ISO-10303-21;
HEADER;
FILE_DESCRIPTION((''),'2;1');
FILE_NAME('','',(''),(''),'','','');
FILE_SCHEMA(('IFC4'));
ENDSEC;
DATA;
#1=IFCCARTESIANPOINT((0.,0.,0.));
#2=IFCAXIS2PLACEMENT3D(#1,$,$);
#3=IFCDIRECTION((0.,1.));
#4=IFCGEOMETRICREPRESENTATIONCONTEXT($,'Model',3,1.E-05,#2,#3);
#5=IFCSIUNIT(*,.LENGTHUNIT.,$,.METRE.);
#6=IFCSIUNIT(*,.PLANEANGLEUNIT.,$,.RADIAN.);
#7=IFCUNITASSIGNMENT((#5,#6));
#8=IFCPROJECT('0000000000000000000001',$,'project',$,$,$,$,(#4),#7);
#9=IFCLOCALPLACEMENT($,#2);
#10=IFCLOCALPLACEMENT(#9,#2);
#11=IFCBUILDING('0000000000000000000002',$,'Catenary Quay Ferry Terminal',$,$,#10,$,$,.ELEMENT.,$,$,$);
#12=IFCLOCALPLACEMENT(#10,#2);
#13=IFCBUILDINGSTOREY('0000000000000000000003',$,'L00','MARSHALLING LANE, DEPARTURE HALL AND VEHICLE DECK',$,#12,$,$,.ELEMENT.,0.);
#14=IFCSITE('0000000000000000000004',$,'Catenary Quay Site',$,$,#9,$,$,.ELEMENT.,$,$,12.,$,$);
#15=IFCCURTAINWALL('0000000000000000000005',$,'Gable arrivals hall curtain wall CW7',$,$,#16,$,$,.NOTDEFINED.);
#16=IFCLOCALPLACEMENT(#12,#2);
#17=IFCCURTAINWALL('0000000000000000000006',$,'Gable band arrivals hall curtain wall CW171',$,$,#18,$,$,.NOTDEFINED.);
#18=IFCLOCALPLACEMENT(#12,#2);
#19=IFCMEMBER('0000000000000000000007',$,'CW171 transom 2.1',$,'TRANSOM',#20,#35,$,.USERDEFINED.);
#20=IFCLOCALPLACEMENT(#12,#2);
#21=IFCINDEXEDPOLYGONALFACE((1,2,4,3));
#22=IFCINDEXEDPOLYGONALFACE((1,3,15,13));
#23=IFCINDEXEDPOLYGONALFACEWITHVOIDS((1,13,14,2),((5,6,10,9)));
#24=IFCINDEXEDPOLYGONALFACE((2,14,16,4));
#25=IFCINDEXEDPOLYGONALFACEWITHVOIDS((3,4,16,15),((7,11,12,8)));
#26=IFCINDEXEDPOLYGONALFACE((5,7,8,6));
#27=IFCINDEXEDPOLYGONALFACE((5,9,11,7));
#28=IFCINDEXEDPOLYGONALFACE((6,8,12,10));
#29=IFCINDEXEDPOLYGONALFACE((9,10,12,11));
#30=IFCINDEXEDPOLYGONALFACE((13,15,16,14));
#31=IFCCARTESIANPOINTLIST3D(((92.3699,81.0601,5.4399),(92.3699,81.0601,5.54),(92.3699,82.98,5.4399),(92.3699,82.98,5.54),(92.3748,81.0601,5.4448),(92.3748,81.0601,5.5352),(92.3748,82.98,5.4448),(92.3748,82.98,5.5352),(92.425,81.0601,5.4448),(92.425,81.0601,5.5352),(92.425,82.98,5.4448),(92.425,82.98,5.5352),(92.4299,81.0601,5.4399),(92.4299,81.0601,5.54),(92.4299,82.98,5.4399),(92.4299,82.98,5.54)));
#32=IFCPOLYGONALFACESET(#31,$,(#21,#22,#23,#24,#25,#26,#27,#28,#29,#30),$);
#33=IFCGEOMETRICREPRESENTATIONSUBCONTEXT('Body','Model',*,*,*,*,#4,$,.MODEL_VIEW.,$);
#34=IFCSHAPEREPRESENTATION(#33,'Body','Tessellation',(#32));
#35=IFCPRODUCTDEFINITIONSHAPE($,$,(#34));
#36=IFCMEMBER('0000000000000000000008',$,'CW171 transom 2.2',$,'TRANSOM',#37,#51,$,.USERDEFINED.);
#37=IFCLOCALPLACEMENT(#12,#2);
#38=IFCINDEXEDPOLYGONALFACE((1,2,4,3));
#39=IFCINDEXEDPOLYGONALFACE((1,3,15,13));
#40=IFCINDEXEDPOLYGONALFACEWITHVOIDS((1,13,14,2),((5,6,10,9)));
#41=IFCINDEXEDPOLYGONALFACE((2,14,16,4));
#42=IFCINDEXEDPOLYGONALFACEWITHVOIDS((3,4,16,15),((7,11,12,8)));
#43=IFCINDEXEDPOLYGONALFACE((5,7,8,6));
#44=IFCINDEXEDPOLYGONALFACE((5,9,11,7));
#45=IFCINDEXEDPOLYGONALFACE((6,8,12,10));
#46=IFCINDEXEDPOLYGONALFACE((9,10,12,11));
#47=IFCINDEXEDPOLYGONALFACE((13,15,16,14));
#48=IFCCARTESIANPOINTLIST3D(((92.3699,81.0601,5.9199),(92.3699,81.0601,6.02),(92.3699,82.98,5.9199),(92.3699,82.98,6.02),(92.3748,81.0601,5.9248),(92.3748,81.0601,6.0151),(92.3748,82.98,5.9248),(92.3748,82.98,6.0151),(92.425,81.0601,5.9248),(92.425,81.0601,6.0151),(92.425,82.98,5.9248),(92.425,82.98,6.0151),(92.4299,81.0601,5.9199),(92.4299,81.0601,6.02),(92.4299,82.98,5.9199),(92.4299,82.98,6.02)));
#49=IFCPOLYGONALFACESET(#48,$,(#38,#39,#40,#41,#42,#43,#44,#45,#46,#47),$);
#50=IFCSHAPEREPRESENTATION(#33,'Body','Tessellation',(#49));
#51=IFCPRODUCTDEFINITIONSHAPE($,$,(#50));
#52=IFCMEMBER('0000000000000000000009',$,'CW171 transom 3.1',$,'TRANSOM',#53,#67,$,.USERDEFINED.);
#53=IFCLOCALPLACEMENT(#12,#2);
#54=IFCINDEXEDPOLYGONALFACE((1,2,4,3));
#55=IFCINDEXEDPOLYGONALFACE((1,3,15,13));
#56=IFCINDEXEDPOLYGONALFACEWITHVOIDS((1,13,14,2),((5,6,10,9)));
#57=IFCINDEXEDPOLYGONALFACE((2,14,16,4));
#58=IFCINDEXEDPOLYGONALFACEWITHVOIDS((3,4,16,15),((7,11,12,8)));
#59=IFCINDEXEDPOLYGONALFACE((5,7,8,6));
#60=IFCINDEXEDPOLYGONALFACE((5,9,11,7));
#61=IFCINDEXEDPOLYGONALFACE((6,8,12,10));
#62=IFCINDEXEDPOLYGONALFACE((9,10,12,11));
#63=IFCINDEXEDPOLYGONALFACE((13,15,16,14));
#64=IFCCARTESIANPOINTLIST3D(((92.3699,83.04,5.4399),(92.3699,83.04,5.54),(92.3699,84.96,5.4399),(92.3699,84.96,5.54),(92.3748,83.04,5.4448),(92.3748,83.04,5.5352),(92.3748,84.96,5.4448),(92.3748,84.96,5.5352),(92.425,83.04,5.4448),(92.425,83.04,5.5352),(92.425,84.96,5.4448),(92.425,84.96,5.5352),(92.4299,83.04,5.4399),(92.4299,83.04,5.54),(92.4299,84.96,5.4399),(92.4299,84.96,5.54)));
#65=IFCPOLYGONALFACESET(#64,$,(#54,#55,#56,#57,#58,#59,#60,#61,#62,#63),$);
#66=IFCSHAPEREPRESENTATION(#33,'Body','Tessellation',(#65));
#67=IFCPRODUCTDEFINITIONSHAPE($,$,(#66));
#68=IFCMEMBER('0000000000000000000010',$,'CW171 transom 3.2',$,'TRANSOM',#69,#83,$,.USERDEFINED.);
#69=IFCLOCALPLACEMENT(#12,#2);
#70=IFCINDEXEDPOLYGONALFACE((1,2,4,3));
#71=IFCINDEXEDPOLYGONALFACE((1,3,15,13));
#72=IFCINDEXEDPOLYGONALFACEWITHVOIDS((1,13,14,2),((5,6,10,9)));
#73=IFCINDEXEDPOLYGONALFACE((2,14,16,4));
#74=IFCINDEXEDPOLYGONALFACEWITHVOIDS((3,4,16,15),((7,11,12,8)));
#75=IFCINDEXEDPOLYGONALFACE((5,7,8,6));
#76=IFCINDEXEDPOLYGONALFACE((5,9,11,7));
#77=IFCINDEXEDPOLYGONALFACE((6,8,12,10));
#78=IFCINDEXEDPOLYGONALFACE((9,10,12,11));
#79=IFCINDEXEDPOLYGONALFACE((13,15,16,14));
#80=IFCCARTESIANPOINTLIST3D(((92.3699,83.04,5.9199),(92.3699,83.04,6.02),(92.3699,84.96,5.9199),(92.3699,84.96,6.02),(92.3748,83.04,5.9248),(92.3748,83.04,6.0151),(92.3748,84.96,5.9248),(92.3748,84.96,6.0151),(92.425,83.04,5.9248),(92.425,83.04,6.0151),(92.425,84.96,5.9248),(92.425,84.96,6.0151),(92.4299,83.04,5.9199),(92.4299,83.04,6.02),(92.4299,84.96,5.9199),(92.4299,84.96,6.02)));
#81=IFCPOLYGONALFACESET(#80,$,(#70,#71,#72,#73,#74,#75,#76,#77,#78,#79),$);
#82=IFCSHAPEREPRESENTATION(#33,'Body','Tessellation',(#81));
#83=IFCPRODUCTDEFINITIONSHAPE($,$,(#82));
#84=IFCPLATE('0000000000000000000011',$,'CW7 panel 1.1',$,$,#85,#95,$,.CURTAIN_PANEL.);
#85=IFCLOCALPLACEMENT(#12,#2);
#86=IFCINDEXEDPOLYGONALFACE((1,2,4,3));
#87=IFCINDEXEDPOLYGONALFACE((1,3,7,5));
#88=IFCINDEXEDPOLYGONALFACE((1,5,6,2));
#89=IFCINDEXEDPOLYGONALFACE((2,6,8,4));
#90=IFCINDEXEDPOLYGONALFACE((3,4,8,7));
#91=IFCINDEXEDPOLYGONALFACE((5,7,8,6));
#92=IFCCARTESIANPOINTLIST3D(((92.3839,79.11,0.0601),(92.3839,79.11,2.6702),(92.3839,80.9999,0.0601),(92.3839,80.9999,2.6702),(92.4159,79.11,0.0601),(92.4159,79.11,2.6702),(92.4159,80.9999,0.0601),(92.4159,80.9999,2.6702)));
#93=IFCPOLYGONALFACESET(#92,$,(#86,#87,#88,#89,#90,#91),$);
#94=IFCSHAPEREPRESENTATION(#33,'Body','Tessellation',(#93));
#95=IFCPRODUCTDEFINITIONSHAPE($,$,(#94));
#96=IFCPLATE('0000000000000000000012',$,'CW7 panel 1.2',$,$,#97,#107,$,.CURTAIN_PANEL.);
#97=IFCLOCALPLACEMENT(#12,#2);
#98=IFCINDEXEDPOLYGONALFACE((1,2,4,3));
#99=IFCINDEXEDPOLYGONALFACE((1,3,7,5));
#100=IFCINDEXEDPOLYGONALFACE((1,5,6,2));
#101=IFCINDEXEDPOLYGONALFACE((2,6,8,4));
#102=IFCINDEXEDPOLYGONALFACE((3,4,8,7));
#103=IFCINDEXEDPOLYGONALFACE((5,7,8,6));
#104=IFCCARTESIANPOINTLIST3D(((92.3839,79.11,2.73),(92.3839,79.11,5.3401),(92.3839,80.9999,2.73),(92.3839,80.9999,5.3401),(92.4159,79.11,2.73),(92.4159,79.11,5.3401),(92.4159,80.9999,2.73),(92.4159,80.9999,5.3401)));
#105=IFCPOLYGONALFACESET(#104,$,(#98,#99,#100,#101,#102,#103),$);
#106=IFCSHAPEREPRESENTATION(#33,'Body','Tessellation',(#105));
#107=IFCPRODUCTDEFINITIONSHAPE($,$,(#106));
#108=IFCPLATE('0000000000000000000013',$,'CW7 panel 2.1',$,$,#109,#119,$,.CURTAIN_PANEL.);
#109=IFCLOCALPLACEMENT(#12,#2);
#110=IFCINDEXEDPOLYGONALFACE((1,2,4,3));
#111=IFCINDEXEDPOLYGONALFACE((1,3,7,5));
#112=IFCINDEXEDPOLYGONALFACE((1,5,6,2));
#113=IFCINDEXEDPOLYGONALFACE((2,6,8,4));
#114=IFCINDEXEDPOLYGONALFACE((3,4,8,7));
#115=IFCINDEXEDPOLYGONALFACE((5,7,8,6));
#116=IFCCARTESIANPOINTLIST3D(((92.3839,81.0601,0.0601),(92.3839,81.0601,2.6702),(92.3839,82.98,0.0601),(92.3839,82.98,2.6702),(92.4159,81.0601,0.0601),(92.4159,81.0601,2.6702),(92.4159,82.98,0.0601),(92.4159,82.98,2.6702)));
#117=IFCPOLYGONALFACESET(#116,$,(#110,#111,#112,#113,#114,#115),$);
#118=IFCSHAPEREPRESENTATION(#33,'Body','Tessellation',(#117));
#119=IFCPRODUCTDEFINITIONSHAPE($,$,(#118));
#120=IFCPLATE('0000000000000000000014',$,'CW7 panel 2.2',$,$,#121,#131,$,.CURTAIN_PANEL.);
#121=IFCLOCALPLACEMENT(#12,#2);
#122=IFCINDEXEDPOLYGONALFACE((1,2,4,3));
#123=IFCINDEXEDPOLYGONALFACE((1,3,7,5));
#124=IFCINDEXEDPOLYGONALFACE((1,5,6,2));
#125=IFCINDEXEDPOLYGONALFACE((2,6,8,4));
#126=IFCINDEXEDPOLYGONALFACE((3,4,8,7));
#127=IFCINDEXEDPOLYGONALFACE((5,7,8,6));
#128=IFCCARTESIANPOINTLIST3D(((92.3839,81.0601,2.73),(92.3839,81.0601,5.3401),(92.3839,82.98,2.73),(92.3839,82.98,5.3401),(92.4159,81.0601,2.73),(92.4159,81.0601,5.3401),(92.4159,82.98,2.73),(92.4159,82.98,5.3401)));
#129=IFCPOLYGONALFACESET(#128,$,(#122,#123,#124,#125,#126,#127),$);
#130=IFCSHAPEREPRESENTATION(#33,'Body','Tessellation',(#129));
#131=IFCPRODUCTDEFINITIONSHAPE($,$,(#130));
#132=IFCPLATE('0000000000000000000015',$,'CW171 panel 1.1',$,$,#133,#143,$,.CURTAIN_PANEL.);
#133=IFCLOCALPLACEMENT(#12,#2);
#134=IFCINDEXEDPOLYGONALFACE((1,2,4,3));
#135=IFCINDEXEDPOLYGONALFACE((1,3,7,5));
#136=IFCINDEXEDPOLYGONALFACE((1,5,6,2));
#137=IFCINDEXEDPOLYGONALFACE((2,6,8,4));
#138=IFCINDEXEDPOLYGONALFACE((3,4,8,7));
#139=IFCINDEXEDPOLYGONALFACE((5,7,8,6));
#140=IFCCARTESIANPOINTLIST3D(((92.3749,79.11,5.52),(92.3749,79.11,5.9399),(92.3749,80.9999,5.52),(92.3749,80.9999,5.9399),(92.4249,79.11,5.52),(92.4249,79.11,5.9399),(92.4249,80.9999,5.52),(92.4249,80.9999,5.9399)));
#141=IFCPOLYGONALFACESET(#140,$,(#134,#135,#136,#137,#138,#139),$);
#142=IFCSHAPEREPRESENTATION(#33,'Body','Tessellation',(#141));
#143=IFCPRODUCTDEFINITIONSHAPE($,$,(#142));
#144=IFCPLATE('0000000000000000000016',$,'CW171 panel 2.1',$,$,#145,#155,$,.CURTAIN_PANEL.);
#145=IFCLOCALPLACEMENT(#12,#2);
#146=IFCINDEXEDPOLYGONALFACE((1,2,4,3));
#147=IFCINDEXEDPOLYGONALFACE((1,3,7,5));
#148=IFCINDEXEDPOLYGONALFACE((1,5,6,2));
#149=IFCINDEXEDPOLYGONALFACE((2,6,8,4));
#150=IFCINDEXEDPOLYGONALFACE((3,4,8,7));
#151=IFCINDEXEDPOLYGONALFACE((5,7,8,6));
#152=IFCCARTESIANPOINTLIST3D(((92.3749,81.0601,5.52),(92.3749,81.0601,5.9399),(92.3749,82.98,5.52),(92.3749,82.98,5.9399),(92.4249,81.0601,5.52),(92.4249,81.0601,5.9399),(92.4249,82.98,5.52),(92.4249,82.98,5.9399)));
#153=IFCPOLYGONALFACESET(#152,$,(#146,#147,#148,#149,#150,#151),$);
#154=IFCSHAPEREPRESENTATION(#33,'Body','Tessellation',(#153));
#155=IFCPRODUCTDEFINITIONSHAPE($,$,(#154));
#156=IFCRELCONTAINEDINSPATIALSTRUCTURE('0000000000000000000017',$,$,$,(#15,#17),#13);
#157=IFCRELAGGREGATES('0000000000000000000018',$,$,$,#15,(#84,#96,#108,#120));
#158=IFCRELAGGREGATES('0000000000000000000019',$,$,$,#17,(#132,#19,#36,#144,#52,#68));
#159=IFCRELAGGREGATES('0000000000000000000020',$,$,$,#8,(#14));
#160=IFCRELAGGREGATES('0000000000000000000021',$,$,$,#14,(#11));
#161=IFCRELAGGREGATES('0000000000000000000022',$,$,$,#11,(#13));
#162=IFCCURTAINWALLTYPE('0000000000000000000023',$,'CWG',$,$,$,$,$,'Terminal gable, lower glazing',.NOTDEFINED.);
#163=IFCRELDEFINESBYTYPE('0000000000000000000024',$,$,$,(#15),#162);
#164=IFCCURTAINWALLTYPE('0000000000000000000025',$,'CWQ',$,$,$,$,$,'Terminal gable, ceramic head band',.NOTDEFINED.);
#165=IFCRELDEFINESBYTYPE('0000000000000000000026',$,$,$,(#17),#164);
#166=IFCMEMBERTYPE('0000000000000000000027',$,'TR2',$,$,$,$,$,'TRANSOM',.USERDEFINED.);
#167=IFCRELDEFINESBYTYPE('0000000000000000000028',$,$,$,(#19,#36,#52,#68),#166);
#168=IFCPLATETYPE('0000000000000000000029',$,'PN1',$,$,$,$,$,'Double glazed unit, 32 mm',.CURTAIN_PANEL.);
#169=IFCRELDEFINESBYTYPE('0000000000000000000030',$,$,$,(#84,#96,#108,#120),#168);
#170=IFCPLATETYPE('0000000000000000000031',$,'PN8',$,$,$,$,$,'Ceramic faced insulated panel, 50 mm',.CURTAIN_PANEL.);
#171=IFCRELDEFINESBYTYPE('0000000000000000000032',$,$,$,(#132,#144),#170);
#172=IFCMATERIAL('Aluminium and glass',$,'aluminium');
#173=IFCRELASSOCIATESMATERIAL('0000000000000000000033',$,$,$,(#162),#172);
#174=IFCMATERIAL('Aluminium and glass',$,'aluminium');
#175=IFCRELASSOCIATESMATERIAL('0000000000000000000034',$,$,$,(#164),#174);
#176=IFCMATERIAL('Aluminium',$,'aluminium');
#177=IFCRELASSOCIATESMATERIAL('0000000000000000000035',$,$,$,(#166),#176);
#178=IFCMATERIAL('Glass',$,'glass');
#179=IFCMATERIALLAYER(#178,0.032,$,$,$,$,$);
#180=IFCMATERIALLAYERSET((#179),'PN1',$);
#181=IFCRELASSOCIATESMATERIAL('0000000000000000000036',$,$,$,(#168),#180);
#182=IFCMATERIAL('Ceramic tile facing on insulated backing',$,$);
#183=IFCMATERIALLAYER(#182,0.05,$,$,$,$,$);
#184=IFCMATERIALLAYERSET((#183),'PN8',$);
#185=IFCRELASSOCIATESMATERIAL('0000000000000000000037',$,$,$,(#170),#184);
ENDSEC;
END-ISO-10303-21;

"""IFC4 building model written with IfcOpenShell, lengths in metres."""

from ifc_helpers import new_model, si_unit, direction, frame, origin, origin_2d, place, context, subcontext, project, spatial, rectangle, hollow_rectangle, extrude, material, layer, layer_set, material_profile, profile_set, type_object, element, aggregate, save


model = new_model("IFC4")

# Units and contexts
model_context = context("Model", 3, precision=1e-05, world=origin(), true_north=direction((0.0, 1.0)))
body_context = subcontext(model_context, "Body", "Model", "MODEL_VIEW")
ifc_project = project(units=[si_unit("LENGTHUNIT", "METRE"), si_unit("PLANEANGLEUNIT", "RADIAN")], contexts=[model_context])

# Site, building, storey
site_placement = place(None, origin())
site = spatial("IfcSite", under=ifc_project, at=site_placement, Name="Catenary Quay Site", CompositionType="ELEMENT", RefElevation=12.0)
building_placement = place(site_placement, origin())
building = spatial("IfcBuilding", under=site, at=building_placement, Name="Catenary Quay Ferry Terminal", CompositionType="ELEMENT")
storey_placement = place(building_placement, origin())
storey = spatial("IfcBuildingStorey", under=building, at=storey_placement, Name="L00", Description="MARSHALLING LANE, DEPARTURE HALL AND VEHICLE DECK", CompositionType="ELEMENT", Elevation=0.0)

# Curtain walls
ifc_material_1 = material(Name="Aluminium and glass", Category="aluminium")
curtain_wall_type_1 = type_object("IfcCurtainWallType", Name="CWG", ElementType="Terminal gable, lower glazing", PredefinedType="NOTDEFINED", material=ifc_material_1)
curtain_wall_1_placement = place(storey_placement, origin())
curtain_wall_1 = element("IfcCurtainWall", 1, at=curtain_wall_1_placement, inside=storey, type_object=curtain_wall_type_1, Name="Gable arrivals hall curtain wall CW7", PredefinedType="NOTDEFINED")
ifc_material_2 = material(Name="Aluminium and glass", Category="aluminium")
curtain_wall_type_2 = type_object("IfcCurtainWallType", Name="CWQ", ElementType="Terminal gable, ceramic head band", PredefinedType="NOTDEFINED", material=ifc_material_2)
curtain_wall_2_placement = place(storey_placement, origin())
curtain_wall_2 = element("IfcCurtainWall", 2, at=curtain_wall_2_placement, inside=storey, type_object=curtain_wall_type_2, Name="Gable band arrivals hall curtain wall CW171", PredefinedType="NOTDEFINED")

# Members
ifc_material_3 = material(Name="Aluminium", Category="aluminium")
ifc_material_profile_1 = material_profile(ifc_material_3, hollow_rectangle(XDim=0.0601, YDim=0.1001, WallThickness=0.0049, at=origin_2d()), Name="TR2")
ifc_profile_set_1 = profile_set([ifc_material_profile_1], Name="Aluminium")
member_type_1 = type_object("IfcMemberType", Name="TR2", ElementType="TRANSOM", PredefinedType="USERDEFINED", material=ifc_profile_set_1)
member_1_placement = place(storey_placement, frame((92.3999, 81.0601, 5.49), z_axis=(0.0, 1.0, 0.0), x_axis=(-1.0, 0.0, 0.0)))
member_1 = element("IfcMember", 3, at=member_1_placement, type_object=member_type_1, Name="CW171 transom 2.1", ObjectType="TRANSOM", PredefinedType="USERDEFINED", context=body_context, shape_type="SweptSolid", body=[
    extrude(hollow_rectangle(XDim=0.0601, YDim=0.1001, WallThickness=0.0049, at=origin_2d()), origin(), (0.0, 0.0, 1.0), 1.9199),
])
member_2_placement = place(storey_placement, frame((92.3999, 81.0601, 5.97), z_axis=(0.0, 1.0, 0.0), x_axis=(-1.0, 0.0, 0.0)))
member_2 = element("IfcMember", 4, at=member_2_placement, type_object=member_type_1, Name="CW171 transom 2.2", ObjectType="TRANSOM", PredefinedType="USERDEFINED", context=body_context, shape_type="SweptSolid", body=[
    extrude(hollow_rectangle(XDim=0.0601, YDim=0.1001, WallThickness=0.0049, at=origin_2d()), origin(), (0.0, 0.0, 1.0), 1.9199),
])
member_3_placement = place(storey_placement, frame((92.3999, 83.04, 5.49), z_axis=(0.0, 1.0, 0.0), x_axis=(-1.0, 0.0, 0.0)))
member_3 = element("IfcMember", 5, at=member_3_placement, type_object=member_type_1, Name="CW171 transom 3.1", ObjectType="TRANSOM", PredefinedType="USERDEFINED", context=body_context, shape_type="SweptSolid", body=[
    extrude(hollow_rectangle(XDim=0.0601, YDim=0.1001, WallThickness=0.0049, at=origin_2d()), origin(), (0.0, 0.0, 1.0), 1.9199),
])
member_4_placement = place(storey_placement, frame((92.3999, 83.04, 5.97), z_axis=(0.0, 1.0, 0.0), x_axis=(-1.0, 0.0, 0.0)))
member_4 = element("IfcMember", 6, at=member_4_placement, type_object=member_type_1, Name="CW171 transom 3.2", ObjectType="TRANSOM", PredefinedType="USERDEFINED", context=body_context, shape_type="SweptSolid", body=[
    extrude(hollow_rectangle(XDim=0.0601, YDim=0.1001, WallThickness=0.0049, at=origin_2d()), origin(), (0.0, 0.0, 1.0), 1.9199),
])

# Plates
ifc_material_4 = material(Name="Glass", Category="glass")
ifc_layer_1 = layer(ifc_material_4, 0.032)
ifc_layer_set_1 = layer_set([ifc_layer_1], Name="PN1")
plate_type_1 = type_object("IfcPlateType", Name="PN1", ElementType="Double glazed unit, 32 mm", PredefinedType="CURTAIN_PANEL", material=ifc_layer_set_1)
plate_1_placement = place(storey_placement, frame((92.3999, 80.0549, 0.0601), z_axis=(0.0, 0.0, 1.0), x_axis=(0.0, 1.0, 0.0)))
plate_1 = element("IfcPlate", 7, at=plate_1_placement, type_object=plate_type_1, Name="CW7 panel 1.1", PredefinedType="CURTAIN_PANEL", context=body_context, shape_type="SweptSolid", body=[
    extrude(rectangle(XDim=1.8899, YDim=0.032, at=origin_2d()), origin(), (0.0, 0.0, 1.0), 2.6101),
])
plate_2_placement = place(storey_placement, frame((92.3999, 80.0549, 2.73), z_axis=(0.0, 0.0, 1.0), x_axis=(0.0, 1.0, 0.0)))
plate_2 = element("IfcPlate", 8, at=plate_2_placement, type_object=plate_type_1, Name="CW7 panel 1.2", PredefinedType="CURTAIN_PANEL", context=body_context, shape_type="SweptSolid", body=[
    extrude(rectangle(XDim=1.8899, YDim=0.032, at=origin_2d()), origin(), (0.0, 0.0, 1.0), 2.6101),
])
plate_3_placement = place(storey_placement, frame((92.3999, 82.02, 0.0601), z_axis=(0.0, 0.0, 1.0), x_axis=(0.0, 1.0, 0.0)))
plate_3 = element("IfcPlate", 9, at=plate_3_placement, type_object=plate_type_1, Name="CW7 panel 2.1", PredefinedType="CURTAIN_PANEL", context=body_context, shape_type="SweptSolid", body=[
    extrude(rectangle(XDim=1.9199, YDim=0.032, at=origin_2d()), origin(), (0.0, 0.0, 1.0), 2.6101),
])
plate_4_placement = place(storey_placement, frame((92.3999, 82.02, 2.73), z_axis=(0.0, 0.0, 1.0), x_axis=(0.0, 1.0, 0.0)))
plate_4 = element("IfcPlate", 10, at=plate_4_placement, type_object=plate_type_1, Name="CW7 panel 2.2", PredefinedType="CURTAIN_PANEL", context=body_context, shape_type="SweptSolid", body=[
    extrude(rectangle(XDim=1.9199, YDim=0.032, at=origin_2d()), origin(), (0.0, 0.0, 1.0), 2.6101),
])
aggregate(curtain_wall_1, [plate_1, plate_2, plate_3, plate_4])
ifc_material_5 = material(Name="Ceramic tile facing on insulated backing")
ifc_layer_2 = layer(ifc_material_5, 0.05)
ifc_layer_set_2 = layer_set([ifc_layer_2], Name="PN8")
plate_type_2 = type_object("IfcPlateType", Name="PN8", ElementType="Ceramic faced insulated panel, 50 mm", PredefinedType="CURTAIN_PANEL", material=ifc_layer_set_2)
plate_5_placement = place(storey_placement, frame((92.3999, 80.0549, 5.52), z_axis=(0.0, 0.0, 1.0), x_axis=(0.0, 1.0, 0.0)))
plate_5 = element("IfcPlate", 11, at=plate_5_placement, type_object=plate_type_2, Name="CW171 panel 1.1", PredefinedType="CURTAIN_PANEL", context=body_context, shape_type="SweptSolid", body=[
    extrude(rectangle(XDim=1.8899, YDim=0.05, at=origin_2d()), origin(), (0.0, 0.0, 1.0), 0.4199),
])
plate_6_placement = place(storey_placement, frame((92.3999, 82.02, 5.52), z_axis=(0.0, 0.0, 1.0), x_axis=(0.0, 1.0, 0.0)))
plate_6 = element("IfcPlate", 12, at=plate_6_placement, type_object=plate_type_2, Name="CW171 panel 2.1", PredefinedType="CURTAIN_PANEL", context=body_context, shape_type="SweptSolid", body=[
    extrude(rectangle(XDim=1.9199, YDim=0.05, at=origin_2d()), origin(), (0.0, 0.0, 1.0), 0.4199),
])
aggregate(curtain_wall_2, [plate_5, member_1, member_2, plate_6, member_3, member_4])

save(model, "model.ifc")
